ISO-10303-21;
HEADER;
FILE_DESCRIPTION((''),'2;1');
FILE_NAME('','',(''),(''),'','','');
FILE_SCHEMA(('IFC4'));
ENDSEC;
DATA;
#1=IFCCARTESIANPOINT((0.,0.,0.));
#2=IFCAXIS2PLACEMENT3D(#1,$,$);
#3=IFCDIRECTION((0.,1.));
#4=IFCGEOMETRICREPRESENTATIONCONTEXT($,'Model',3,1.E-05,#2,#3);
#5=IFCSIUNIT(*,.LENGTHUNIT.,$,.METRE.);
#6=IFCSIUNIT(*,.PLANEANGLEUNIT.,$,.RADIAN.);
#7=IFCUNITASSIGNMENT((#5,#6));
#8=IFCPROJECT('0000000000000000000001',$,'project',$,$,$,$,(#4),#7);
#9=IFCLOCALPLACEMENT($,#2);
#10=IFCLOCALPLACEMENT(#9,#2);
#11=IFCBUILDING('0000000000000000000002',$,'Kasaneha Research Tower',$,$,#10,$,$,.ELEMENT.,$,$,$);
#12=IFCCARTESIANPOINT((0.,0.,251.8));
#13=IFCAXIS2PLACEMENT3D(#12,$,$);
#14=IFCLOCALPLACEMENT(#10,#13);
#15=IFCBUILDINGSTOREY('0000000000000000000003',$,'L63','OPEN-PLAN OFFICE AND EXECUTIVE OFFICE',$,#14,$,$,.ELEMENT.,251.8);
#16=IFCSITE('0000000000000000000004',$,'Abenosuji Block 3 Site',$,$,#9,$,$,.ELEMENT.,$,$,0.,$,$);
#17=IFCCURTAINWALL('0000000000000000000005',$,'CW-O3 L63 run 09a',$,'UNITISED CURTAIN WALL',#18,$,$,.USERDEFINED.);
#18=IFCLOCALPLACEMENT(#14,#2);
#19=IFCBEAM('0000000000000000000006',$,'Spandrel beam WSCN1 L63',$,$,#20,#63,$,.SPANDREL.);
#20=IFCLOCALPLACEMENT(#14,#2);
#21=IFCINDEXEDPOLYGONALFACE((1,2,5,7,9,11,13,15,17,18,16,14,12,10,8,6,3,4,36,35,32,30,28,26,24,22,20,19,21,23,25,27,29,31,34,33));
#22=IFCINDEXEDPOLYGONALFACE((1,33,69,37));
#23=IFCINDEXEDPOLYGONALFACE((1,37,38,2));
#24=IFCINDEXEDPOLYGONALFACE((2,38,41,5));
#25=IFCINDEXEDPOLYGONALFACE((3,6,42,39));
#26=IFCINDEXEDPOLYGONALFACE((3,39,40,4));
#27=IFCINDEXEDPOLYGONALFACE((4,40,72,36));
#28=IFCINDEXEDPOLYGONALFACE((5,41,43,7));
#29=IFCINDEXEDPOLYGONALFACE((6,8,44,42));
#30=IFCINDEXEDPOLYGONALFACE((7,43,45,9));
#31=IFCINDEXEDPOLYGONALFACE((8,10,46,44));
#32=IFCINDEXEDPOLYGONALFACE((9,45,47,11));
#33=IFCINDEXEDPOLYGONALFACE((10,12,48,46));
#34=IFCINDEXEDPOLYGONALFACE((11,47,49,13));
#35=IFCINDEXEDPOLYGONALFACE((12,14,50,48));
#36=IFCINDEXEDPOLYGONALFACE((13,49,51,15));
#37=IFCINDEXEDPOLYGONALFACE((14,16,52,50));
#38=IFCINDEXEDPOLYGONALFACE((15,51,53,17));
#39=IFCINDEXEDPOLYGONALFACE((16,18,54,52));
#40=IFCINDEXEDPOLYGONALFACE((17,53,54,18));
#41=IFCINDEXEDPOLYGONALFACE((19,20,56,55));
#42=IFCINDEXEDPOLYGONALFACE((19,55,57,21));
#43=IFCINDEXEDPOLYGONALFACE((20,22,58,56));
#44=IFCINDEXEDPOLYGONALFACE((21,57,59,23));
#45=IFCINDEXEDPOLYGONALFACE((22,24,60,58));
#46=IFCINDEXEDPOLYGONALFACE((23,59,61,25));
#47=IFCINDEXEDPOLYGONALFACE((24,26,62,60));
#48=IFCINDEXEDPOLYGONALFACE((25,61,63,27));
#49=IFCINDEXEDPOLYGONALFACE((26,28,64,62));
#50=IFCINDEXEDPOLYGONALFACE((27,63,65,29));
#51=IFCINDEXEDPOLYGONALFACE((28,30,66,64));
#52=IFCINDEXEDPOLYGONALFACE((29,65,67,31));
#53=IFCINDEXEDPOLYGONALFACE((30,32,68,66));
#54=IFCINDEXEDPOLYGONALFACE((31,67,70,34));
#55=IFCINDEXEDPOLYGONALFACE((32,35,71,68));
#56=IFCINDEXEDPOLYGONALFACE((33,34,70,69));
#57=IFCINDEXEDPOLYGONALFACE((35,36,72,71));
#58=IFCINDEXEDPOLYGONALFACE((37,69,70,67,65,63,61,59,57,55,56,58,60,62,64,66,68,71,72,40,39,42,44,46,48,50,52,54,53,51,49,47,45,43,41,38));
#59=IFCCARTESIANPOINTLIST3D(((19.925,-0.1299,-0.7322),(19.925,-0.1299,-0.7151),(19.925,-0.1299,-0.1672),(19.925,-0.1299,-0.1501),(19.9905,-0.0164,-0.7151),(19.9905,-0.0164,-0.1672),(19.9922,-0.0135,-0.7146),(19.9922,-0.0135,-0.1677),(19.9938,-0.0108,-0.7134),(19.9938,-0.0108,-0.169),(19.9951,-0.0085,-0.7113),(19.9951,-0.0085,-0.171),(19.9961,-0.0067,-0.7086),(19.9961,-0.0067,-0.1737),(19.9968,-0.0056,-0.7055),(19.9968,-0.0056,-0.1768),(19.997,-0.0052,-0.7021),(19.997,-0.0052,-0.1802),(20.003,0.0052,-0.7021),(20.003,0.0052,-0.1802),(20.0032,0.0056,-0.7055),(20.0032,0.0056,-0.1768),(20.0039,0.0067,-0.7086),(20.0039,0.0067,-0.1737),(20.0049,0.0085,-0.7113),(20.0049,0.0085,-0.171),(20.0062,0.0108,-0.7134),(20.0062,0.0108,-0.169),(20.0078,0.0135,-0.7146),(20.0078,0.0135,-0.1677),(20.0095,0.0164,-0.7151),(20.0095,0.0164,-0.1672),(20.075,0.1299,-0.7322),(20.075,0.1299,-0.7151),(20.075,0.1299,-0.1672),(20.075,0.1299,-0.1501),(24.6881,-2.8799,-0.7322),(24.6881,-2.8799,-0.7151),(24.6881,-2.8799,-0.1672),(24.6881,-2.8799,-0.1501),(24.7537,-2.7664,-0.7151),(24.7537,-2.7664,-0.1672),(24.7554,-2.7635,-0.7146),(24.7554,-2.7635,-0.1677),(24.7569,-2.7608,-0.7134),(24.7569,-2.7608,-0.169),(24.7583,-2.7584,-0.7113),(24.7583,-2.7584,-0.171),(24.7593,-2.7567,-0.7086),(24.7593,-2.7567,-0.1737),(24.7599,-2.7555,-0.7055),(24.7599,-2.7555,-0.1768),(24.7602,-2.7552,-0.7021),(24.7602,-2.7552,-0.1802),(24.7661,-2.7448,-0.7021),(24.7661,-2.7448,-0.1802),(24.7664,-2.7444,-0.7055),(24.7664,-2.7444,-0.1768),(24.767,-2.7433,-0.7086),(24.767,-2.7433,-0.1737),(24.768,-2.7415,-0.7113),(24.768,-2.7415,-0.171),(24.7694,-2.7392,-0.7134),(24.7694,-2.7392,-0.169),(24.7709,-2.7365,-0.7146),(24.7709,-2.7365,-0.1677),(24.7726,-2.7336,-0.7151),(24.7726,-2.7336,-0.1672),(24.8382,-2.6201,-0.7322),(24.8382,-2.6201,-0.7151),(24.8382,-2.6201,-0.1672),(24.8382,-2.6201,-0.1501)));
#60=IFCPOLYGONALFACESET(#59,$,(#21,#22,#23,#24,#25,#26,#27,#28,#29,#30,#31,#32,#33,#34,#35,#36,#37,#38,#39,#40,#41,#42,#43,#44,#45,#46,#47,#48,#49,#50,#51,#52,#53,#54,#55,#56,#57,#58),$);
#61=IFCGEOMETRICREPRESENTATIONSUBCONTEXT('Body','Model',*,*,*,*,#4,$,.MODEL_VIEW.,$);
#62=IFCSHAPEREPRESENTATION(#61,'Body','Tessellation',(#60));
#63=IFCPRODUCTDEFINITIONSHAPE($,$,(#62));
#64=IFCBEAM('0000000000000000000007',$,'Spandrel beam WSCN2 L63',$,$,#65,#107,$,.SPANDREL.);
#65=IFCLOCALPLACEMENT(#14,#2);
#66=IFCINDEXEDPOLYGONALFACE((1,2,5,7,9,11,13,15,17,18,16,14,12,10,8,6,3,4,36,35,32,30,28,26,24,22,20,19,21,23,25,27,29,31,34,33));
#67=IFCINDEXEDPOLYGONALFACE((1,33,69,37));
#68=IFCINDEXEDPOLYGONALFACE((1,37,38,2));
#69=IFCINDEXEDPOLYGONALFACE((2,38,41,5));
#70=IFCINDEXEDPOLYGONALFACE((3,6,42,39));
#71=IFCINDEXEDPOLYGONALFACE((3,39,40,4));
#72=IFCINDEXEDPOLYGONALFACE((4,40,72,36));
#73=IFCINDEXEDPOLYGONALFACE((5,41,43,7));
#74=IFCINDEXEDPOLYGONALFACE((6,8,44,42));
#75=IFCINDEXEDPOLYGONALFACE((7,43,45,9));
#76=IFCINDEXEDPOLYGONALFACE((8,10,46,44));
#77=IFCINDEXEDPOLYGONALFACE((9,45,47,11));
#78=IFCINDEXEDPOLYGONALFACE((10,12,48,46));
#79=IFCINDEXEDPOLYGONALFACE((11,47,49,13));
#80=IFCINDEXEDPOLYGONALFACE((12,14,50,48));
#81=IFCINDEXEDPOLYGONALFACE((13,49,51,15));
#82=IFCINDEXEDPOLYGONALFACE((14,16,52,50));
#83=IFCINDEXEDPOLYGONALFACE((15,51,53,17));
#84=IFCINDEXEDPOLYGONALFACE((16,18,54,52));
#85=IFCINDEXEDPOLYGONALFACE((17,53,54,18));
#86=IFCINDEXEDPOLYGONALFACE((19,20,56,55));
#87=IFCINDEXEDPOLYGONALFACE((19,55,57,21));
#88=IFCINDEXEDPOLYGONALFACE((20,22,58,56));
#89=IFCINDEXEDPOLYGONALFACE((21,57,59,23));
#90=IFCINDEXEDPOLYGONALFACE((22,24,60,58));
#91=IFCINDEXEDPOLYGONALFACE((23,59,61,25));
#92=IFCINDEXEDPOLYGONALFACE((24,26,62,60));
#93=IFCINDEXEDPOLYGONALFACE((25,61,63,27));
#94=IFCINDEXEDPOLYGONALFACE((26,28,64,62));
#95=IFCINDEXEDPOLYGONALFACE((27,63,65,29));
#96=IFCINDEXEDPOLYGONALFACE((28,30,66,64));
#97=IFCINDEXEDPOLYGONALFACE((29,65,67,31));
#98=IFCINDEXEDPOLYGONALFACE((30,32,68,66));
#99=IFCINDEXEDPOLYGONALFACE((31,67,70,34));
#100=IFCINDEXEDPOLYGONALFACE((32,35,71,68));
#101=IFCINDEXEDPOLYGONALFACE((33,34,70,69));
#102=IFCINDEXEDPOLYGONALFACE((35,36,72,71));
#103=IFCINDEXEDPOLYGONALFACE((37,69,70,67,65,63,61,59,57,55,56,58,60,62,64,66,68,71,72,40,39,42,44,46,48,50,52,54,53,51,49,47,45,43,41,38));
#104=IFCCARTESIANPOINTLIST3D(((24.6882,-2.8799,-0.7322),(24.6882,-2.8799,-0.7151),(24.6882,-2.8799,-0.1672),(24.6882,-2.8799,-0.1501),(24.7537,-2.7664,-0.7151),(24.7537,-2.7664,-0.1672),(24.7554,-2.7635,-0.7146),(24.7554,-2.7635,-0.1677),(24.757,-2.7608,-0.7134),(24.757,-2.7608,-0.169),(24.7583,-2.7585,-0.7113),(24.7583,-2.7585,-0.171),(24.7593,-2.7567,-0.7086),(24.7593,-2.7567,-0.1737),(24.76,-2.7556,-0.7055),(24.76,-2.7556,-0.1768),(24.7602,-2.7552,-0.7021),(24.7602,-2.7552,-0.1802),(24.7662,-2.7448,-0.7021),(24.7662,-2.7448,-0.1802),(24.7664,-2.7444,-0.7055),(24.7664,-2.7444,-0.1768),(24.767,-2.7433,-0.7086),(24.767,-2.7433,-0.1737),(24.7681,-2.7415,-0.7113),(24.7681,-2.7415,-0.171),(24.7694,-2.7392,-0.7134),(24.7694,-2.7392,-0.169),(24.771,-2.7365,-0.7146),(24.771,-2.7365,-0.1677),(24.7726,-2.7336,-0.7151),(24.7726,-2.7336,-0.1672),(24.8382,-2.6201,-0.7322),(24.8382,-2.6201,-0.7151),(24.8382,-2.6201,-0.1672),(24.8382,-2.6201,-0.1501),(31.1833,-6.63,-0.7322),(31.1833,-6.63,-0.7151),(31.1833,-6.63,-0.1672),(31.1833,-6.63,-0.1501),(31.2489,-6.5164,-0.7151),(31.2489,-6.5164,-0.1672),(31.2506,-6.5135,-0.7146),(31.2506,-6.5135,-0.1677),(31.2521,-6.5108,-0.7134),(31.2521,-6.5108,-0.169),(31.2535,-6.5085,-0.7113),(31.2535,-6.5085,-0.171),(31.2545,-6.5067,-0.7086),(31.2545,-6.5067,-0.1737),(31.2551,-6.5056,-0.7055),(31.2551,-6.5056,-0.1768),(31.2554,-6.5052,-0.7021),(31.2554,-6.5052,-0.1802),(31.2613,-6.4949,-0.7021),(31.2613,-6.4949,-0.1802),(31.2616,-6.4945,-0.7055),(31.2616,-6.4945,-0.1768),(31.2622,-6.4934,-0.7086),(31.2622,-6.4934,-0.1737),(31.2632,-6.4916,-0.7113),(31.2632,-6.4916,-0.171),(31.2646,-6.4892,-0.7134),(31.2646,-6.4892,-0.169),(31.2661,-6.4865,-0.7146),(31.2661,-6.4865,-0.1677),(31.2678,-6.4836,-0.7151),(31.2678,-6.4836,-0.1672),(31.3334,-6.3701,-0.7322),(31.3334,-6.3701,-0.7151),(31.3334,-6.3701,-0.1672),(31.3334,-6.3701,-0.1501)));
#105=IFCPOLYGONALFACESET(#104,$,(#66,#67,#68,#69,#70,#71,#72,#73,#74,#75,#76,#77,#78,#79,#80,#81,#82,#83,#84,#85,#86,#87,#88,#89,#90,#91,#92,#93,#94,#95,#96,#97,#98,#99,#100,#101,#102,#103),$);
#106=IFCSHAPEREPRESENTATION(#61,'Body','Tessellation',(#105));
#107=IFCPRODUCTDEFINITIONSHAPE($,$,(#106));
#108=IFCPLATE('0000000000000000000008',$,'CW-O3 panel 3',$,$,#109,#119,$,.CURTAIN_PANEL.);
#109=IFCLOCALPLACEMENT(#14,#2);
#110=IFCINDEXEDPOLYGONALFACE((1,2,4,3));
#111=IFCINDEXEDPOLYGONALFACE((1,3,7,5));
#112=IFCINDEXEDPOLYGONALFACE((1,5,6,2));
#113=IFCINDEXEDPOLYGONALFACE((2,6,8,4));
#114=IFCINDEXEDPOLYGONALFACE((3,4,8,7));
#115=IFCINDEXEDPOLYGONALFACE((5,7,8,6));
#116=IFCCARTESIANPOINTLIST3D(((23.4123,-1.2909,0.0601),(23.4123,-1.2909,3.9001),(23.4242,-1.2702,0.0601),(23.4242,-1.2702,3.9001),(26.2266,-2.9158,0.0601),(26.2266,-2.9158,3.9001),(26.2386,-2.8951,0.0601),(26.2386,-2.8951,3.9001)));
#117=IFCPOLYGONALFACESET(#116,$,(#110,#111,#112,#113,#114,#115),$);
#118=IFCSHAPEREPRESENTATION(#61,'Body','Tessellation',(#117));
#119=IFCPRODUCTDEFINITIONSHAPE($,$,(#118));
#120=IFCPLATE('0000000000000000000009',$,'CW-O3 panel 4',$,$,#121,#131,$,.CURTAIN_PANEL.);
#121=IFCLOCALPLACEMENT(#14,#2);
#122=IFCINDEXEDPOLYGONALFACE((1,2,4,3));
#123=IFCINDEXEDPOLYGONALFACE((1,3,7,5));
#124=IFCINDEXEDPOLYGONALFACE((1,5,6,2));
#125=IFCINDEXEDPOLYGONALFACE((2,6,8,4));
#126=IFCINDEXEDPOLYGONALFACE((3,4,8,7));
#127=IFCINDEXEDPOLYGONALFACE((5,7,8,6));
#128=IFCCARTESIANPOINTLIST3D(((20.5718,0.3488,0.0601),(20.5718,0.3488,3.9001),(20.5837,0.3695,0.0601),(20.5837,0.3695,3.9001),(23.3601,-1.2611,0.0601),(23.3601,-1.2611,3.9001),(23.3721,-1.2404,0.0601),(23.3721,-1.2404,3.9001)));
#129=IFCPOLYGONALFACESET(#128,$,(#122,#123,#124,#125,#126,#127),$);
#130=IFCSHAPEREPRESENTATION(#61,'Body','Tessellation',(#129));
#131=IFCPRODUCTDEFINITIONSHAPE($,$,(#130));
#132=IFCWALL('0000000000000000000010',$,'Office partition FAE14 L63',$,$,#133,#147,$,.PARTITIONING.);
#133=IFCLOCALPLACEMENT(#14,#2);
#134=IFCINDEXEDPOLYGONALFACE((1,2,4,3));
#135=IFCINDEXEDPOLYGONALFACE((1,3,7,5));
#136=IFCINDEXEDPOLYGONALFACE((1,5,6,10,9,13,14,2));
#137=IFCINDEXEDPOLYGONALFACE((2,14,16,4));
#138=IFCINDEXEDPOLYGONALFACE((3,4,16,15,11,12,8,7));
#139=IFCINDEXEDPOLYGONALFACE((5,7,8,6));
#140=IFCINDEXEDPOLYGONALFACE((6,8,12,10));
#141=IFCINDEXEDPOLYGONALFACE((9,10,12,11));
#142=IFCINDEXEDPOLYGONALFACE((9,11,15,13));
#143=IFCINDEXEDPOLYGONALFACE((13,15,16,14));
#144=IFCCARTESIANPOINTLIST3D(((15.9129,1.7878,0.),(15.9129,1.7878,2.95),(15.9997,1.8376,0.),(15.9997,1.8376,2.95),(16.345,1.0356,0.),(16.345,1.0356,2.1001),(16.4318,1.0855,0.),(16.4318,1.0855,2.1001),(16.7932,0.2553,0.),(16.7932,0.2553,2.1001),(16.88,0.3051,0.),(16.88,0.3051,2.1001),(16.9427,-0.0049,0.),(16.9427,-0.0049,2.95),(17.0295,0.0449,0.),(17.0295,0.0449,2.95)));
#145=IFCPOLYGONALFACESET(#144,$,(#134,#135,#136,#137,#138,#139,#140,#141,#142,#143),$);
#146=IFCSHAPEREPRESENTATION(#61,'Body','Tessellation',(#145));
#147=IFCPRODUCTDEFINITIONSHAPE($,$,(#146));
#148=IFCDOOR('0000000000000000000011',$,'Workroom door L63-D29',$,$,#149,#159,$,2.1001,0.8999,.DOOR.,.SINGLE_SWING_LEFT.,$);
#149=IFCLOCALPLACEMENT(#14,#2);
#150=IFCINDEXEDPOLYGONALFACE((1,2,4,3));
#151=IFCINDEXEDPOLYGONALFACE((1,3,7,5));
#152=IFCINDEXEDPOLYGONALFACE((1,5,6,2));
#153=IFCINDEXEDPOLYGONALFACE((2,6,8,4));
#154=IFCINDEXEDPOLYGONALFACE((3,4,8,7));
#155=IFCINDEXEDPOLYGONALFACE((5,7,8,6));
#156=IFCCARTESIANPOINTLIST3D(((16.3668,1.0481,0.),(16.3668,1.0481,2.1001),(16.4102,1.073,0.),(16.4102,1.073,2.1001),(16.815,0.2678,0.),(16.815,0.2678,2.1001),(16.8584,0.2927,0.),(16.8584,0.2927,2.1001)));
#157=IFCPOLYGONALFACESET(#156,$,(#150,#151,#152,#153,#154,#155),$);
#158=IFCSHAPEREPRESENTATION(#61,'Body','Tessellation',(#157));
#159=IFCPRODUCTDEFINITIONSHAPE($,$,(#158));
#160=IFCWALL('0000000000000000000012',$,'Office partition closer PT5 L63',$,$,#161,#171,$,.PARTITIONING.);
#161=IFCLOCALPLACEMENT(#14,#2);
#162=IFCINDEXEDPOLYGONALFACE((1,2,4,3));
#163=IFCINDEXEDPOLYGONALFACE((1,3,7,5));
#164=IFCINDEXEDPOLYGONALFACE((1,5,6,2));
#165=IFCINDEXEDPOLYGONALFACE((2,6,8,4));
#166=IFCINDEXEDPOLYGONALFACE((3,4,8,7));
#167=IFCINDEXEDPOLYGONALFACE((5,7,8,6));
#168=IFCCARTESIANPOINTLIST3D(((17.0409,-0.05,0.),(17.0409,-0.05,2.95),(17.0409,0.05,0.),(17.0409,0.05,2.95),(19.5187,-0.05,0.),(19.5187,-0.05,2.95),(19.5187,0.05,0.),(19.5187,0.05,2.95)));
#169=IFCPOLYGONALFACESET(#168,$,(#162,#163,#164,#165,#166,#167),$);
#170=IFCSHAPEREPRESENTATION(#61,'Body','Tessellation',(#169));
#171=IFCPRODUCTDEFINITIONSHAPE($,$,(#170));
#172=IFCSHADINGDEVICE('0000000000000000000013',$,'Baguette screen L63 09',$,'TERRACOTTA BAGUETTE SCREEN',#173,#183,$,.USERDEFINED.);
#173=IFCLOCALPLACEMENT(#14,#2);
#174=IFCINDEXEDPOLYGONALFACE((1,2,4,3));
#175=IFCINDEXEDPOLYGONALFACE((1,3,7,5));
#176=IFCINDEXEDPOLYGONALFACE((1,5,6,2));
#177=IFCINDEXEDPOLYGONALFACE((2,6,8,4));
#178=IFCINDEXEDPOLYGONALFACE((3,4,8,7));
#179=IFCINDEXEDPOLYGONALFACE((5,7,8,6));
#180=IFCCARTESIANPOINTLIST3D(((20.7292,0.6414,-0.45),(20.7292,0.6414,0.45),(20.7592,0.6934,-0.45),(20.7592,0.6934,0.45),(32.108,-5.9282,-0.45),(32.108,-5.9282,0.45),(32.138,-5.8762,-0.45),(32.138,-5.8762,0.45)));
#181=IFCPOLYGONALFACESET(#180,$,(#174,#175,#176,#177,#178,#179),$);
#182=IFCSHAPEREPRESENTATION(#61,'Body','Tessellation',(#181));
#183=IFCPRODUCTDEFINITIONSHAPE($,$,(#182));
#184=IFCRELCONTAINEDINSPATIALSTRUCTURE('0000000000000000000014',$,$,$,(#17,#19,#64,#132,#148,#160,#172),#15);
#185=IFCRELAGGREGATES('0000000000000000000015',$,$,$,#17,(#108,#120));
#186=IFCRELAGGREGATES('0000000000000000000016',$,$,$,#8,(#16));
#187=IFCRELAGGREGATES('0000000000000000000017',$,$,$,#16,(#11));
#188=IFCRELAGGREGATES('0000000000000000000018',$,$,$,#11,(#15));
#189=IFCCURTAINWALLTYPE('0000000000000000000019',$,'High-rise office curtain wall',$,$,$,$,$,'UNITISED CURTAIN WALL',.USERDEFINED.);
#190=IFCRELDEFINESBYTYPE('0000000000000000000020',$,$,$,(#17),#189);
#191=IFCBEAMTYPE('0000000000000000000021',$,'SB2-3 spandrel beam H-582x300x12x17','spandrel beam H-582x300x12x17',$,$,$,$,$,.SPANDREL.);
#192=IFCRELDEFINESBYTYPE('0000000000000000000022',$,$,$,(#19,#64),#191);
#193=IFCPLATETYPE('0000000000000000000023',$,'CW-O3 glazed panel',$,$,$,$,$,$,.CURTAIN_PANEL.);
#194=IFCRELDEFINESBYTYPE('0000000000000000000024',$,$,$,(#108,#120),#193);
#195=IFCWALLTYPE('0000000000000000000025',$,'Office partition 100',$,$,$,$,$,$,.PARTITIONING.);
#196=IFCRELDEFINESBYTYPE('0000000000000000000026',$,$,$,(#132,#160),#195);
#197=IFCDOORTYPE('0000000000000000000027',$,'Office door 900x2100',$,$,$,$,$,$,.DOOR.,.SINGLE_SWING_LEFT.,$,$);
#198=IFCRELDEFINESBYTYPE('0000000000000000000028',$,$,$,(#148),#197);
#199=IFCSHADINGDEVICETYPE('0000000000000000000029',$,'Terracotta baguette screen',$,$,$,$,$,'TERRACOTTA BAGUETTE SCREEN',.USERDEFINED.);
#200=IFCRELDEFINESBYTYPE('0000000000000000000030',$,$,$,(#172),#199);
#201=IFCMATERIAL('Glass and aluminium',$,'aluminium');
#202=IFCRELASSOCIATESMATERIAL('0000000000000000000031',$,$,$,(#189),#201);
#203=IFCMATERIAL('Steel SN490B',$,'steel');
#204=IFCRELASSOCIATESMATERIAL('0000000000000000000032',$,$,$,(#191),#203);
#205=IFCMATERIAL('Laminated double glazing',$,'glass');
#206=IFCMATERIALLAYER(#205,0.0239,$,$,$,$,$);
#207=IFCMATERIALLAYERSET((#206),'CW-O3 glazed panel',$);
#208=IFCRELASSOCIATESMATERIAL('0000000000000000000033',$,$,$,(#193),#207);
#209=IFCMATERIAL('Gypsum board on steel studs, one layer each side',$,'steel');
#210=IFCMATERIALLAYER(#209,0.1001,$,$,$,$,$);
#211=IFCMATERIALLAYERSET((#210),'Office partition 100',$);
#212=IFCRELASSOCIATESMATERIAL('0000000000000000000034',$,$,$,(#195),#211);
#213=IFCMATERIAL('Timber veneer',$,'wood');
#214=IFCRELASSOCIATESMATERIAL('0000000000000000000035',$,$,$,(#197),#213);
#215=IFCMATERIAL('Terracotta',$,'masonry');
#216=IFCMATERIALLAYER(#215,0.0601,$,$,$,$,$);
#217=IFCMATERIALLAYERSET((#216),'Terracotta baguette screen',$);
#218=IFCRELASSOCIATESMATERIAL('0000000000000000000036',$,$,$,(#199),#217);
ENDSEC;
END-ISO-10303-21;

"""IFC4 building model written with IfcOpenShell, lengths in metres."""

from ifc_helpers import new_model, si_unit, direction, frame, frame_2d, origin, origin_2d, place, context, subcontext, project, spatial, rectangle, i_section, extrude, material, layer, layer_set, material_profile, profile_set, type_object, element, fill, aggregate, save


model = new_model("IFC4")

# Units and contexts
model_context = context("Model", 3, precision=1e-05, world=origin(), true_north=direction((0.0, 1.0)))
body_context = subcontext(model_context, "Body", "Model", "MODEL_VIEW")
ifc_project = project(units=[si_unit("LENGTHUNIT", "METRE"), si_unit("PLANEANGLEUNIT", "RADIAN")], contexts=[model_context])

# Site, building, storey
site_placement = place(None, origin())
site = spatial("IfcSite", under=ifc_project, at=site_placement, Name="Abenosuji Block 3 Site", CompositionType="ELEMENT", RefElevation=0.0)
building_placement = place(site_placement, origin())
building = spatial("IfcBuilding", under=site, at=building_placement, Name="Kasaneha Research Tower", CompositionType="ELEMENT")
storey_placement = place(building_placement, frame((0.0, 0.0, 251.8)))
storey = spatial("IfcBuildingStorey", under=building, at=storey_placement, Name="L63", Description="OPEN-PLAN OFFICE AND EXECUTIVE OFFICE", CompositionType="ELEMENT", Elevation=251.8)

# Curtain wall
ifc_material_1 = material(Name="Glass and aluminium", Category="aluminium")
curtain_wall_type = type_object("IfcCurtainWallType", Name="High-rise office curtain wall", ElementType="UNITISED CURTAIN WALL", PredefinedType="USERDEFINED", material=ifc_material_1)
curtain_wall_placement = place(storey_placement, origin())
curtain_wall = element("IfcCurtainWall", 1, at=curtain_wall_placement, inside=storey, type_object=curtain_wall_type, Name="CW-O3 L63 run 09a", ObjectType="UNITISED CURTAIN WALL", PredefinedType="USERDEFINED")

# Beams
ifc_material_2 = material(Name="Steel SN490B", Category="steel")
ifc_material_profile_1 = material_profile(ifc_material_2, i_section(OverallWidth=0.3, OverallDepth=0.582, WebThickness=0.012, FlangeThickness=0.0171, FilletRadius=0.0129, at=origin_2d()), Name="H-582x300x12x17")
ifc_profile_set_1 = profile_set([ifc_material_profile_1], Name="Steel SN490B")
beam_type_1 = type_object("IfcBeamType", Name="SB2-3 spandrel beam H-582x300x12x17", Description="spandrel beam H-582x300x12x17", PredefinedType="SPANDREL", material=ifc_profile_set_1)
beam_1_placement = place(storey_placement, frame((20.0, 0.0, -0.4412), z_axis=(0.866027, -0.499997, 0.0), x_axis=(0.499997, 0.866027, 0.0)))
element("IfcBeam", 2, at=beam_1_placement, inside=storey, type_object=beam_type_1, Name="Spandrel beam WSCN1 L63", PredefinedType="SPANDREL", context=body_context, shape_type="SweptSolid", body=[
    extrude(i_section(OverallWidth=0.3, OverallDepth=0.582, WebThickness=0.012, FlangeThickness=0.0171, FilletRadius=0.0129, at=origin_2d()), origin(), (0.0, 0.0, 1.0), 5.5),
])
beam_2_placement = place(storey_placement, frame((24.7632, -2.75, -0.4412), z_axis=(0.866023, -0.500004, 0.0), x_axis=(0.500004, 0.866023, 0.0)))
element("IfcBeam", 3, at=beam_2_placement, inside=storey, type_object=beam_type_1, Name="Spandrel beam WSCN2 L63", PredefinedType="SPANDREL", context=body_context, shape_type="SweptSolid", body=[
    extrude(i_section(OverallWidth=0.3, OverallDepth=0.582, WebThickness=0.012, FlangeThickness=0.0171, FilletRadius=0.0129, at=origin_2d()), origin(), (0.0, 0.0, 1.0), 7.5),
])

# Plates
ifc_material_3 = material(Name="Laminated double glazing", Category="glass")
ifc_layer_1 = layer(ifc_material_3, 0.0239)
ifc_layer_set_1 = layer_set([ifc_layer_1], Name="CW-O3 glazed panel")
plate_type = type_object("IfcPlateType", Name="CW-O3 glazed panel", PredefinedType="CURTAIN_PANEL", material=ifc_layer_set_1)
plate_1_placement = place(storey_placement, frame((24.8254, -2.093, 0.0601), z_axis=(0.0, 0.0, 1.0), x_axis=(-0.866025, 0.5, 0.0)))
plate_1 = element("IfcPlate", 4, at=plate_1_placement, type_object=plate_type, Name="CW-O3 panel 3", PredefinedType="CURTAIN_PANEL", context=body_context, shape_type="SweptSolid", body=[
    extrude(rectangle(XDim=3.2498, YDim=0.0239, at=origin_2d()), origin(), (0.0, 0.0, 1.0), 3.8401),
])
plate_2_placement = place(storey_placement, frame((21.9719, -0.4458, 0.0601), z_axis=(0.0, 0.0, 1.0), x_axis=(-0.866025, 0.5, 0.0)))
plate_2 = element("IfcPlate", 5, at=plate_2_placement, type_object=plate_type, Name="CW-O3 panel 4", PredefinedType="CURTAIN_PANEL", context=body_context, shape_type="SweptSolid", body=[
    extrude(rectangle(XDim=3.2197, YDim=0.0239, at=origin_2d()), origin(), (0.0, 0.0, 1.0), 3.8401),
])
aggregate(curtain_wall, [plate_1, plate_2])

# Wall, opening, door
ifc_material_4 = material(Name="Gypsum board on steel studs, one layer each side", Category="steel")
ifc_layer_2 = layer(ifc_material_4, 0.1001)
ifc_layer_set_2 = layer_set([ifc_layer_2], Name="Office partition 100")
wall_type = type_object("IfcWallType", Name="Office partition 100", PredefinedType="PARTITIONING", material=ifc_layer_set_2)
wall_1_placement = place(storey_placement, frame((16.9861, 0.02, 0.0), z_axis=(0.0, 0.0, 1.0), x_axis=(-0.498096, 0.867122, 0.0)))
wall_1 = element("IfcWall", 6, at=wall_1_placement, inside=storey, type_object=wall_type, Name="Office partition FAE14 L63", PredefinedType="PARTITIONING", context=body_context, shape_type="SweptSolid", body=[
    extrude(rectangle(XDim=2.0674, YDim=0.1001, at=frame_2d((1.0337, 0.0))), origin(), (0.0, 0.0, 1.0), 2.95),
])
opening_placement = place(wall_1_placement, frame((0.3, 0.0, 0.0)))
opening = element("IfcOpeningElement", 7, at=opening_placement, cuts=wall_1, PredefinedType="OPENING", context=body_context, shape_type="SweptSolid", body=[
    extrude(rectangle(XDim=0.8999, YDim=2.1001, at=frame_2d((0.45, 1.05))), frame((0.0, 0.0601, 0.0), z_axis=(0.0, -1.0, 0.0), x_axis=(1.0, 0.0, 0.0)), (0.0, 0.0, 1.0), 0.1201),
])
ifc_material_5 = material(Name="Timber veneer", Category="wood")
door_type = type_object("IfcDoorType", Name="Office door 900x2100", OperationType="SINGLE_SWING_LEFT", PredefinedType="DOOR", material=ifc_material_5)
door_placement = place(opening_placement, origin())
door = element("IfcDoor", 8, at=door_placement, inside=storey, type_object=door_type, Name="Workroom door L63-D29", OperationType="SINGLE_SWING_LEFT", OverallHeight=2.1001, OverallWidth=0.8999, PredefinedType="DOOR", context=body_context, shape_type="SweptSolid", body=[
    extrude(rectangle(XDim=0.8999, YDim=2.1001, at=frame_2d((0.45, 1.05))), frame((0.0, 0.0249, 0.0), z_axis=(0.0, -1.0, 0.0), x_axis=(1.0, 0.0, 0.0)), (0.0, 0.0, 1.0), 0.05),
])
fill(opening, door)

# Wall
wall_2_placement = place(storey_placement, frame((19.5186, 0.0, 0.0), z_axis=(0.0, 0.0, 1.0), x_axis=(-1.0, 0.0, 0.0)))
element("IfcWall", 9, at=wall_2_placement, inside=storey, type_object=wall_type, Name="Office partition closer PT5 L63", PredefinedType="PARTITIONING", context=body_context, shape_type="SweptSolid", body=[
    extrude(rectangle(XDim=2.4778, YDim=0.1001, at=frame_2d((1.2388, 0.0))), origin(), (0.0, 0.0, 1.0), 2.95),
])

# Shading device
ifc_material_6 = material(Name="Terracotta", Category="masonry")
ifc_layer_3 = layer(ifc_material_6, 0.0601)
ifc_layer_set_3 = layer_set([ifc_layer_3], Name="Terracotta baguette screen")
shading_device_type = type_object("IfcShadingDeviceType", Name="Terracotta baguette screen", ElementType="TERRACOTTA BAGUETTE SCREEN", PredefinedType="USERDEFINED", material=ifc_layer_set_3)
shading_device_placement = place(storey_placement, frame((26.4336, -2.6174, -0.45), z_axis=(0.0, 0.0, 1.0), x_axis=(-0.866025, 0.5, 0.0)))
element("IfcShadingDevice", 10, at=shading_device_placement, inside=storey, type_object=shading_device_type, Name="Baguette screen L63 09", ObjectType="TERRACOTTA BAGUETTE SCREEN", PredefinedType="USERDEFINED", context=body_context, shape_type="SweptSolid", body=[
    extrude(rectangle(XDim=13.1392, YDim=0.0601, at=origin_2d()), origin(), (0.0, 0.0, 1.0), 0.8999),
])

save(model, "model.ifc")
